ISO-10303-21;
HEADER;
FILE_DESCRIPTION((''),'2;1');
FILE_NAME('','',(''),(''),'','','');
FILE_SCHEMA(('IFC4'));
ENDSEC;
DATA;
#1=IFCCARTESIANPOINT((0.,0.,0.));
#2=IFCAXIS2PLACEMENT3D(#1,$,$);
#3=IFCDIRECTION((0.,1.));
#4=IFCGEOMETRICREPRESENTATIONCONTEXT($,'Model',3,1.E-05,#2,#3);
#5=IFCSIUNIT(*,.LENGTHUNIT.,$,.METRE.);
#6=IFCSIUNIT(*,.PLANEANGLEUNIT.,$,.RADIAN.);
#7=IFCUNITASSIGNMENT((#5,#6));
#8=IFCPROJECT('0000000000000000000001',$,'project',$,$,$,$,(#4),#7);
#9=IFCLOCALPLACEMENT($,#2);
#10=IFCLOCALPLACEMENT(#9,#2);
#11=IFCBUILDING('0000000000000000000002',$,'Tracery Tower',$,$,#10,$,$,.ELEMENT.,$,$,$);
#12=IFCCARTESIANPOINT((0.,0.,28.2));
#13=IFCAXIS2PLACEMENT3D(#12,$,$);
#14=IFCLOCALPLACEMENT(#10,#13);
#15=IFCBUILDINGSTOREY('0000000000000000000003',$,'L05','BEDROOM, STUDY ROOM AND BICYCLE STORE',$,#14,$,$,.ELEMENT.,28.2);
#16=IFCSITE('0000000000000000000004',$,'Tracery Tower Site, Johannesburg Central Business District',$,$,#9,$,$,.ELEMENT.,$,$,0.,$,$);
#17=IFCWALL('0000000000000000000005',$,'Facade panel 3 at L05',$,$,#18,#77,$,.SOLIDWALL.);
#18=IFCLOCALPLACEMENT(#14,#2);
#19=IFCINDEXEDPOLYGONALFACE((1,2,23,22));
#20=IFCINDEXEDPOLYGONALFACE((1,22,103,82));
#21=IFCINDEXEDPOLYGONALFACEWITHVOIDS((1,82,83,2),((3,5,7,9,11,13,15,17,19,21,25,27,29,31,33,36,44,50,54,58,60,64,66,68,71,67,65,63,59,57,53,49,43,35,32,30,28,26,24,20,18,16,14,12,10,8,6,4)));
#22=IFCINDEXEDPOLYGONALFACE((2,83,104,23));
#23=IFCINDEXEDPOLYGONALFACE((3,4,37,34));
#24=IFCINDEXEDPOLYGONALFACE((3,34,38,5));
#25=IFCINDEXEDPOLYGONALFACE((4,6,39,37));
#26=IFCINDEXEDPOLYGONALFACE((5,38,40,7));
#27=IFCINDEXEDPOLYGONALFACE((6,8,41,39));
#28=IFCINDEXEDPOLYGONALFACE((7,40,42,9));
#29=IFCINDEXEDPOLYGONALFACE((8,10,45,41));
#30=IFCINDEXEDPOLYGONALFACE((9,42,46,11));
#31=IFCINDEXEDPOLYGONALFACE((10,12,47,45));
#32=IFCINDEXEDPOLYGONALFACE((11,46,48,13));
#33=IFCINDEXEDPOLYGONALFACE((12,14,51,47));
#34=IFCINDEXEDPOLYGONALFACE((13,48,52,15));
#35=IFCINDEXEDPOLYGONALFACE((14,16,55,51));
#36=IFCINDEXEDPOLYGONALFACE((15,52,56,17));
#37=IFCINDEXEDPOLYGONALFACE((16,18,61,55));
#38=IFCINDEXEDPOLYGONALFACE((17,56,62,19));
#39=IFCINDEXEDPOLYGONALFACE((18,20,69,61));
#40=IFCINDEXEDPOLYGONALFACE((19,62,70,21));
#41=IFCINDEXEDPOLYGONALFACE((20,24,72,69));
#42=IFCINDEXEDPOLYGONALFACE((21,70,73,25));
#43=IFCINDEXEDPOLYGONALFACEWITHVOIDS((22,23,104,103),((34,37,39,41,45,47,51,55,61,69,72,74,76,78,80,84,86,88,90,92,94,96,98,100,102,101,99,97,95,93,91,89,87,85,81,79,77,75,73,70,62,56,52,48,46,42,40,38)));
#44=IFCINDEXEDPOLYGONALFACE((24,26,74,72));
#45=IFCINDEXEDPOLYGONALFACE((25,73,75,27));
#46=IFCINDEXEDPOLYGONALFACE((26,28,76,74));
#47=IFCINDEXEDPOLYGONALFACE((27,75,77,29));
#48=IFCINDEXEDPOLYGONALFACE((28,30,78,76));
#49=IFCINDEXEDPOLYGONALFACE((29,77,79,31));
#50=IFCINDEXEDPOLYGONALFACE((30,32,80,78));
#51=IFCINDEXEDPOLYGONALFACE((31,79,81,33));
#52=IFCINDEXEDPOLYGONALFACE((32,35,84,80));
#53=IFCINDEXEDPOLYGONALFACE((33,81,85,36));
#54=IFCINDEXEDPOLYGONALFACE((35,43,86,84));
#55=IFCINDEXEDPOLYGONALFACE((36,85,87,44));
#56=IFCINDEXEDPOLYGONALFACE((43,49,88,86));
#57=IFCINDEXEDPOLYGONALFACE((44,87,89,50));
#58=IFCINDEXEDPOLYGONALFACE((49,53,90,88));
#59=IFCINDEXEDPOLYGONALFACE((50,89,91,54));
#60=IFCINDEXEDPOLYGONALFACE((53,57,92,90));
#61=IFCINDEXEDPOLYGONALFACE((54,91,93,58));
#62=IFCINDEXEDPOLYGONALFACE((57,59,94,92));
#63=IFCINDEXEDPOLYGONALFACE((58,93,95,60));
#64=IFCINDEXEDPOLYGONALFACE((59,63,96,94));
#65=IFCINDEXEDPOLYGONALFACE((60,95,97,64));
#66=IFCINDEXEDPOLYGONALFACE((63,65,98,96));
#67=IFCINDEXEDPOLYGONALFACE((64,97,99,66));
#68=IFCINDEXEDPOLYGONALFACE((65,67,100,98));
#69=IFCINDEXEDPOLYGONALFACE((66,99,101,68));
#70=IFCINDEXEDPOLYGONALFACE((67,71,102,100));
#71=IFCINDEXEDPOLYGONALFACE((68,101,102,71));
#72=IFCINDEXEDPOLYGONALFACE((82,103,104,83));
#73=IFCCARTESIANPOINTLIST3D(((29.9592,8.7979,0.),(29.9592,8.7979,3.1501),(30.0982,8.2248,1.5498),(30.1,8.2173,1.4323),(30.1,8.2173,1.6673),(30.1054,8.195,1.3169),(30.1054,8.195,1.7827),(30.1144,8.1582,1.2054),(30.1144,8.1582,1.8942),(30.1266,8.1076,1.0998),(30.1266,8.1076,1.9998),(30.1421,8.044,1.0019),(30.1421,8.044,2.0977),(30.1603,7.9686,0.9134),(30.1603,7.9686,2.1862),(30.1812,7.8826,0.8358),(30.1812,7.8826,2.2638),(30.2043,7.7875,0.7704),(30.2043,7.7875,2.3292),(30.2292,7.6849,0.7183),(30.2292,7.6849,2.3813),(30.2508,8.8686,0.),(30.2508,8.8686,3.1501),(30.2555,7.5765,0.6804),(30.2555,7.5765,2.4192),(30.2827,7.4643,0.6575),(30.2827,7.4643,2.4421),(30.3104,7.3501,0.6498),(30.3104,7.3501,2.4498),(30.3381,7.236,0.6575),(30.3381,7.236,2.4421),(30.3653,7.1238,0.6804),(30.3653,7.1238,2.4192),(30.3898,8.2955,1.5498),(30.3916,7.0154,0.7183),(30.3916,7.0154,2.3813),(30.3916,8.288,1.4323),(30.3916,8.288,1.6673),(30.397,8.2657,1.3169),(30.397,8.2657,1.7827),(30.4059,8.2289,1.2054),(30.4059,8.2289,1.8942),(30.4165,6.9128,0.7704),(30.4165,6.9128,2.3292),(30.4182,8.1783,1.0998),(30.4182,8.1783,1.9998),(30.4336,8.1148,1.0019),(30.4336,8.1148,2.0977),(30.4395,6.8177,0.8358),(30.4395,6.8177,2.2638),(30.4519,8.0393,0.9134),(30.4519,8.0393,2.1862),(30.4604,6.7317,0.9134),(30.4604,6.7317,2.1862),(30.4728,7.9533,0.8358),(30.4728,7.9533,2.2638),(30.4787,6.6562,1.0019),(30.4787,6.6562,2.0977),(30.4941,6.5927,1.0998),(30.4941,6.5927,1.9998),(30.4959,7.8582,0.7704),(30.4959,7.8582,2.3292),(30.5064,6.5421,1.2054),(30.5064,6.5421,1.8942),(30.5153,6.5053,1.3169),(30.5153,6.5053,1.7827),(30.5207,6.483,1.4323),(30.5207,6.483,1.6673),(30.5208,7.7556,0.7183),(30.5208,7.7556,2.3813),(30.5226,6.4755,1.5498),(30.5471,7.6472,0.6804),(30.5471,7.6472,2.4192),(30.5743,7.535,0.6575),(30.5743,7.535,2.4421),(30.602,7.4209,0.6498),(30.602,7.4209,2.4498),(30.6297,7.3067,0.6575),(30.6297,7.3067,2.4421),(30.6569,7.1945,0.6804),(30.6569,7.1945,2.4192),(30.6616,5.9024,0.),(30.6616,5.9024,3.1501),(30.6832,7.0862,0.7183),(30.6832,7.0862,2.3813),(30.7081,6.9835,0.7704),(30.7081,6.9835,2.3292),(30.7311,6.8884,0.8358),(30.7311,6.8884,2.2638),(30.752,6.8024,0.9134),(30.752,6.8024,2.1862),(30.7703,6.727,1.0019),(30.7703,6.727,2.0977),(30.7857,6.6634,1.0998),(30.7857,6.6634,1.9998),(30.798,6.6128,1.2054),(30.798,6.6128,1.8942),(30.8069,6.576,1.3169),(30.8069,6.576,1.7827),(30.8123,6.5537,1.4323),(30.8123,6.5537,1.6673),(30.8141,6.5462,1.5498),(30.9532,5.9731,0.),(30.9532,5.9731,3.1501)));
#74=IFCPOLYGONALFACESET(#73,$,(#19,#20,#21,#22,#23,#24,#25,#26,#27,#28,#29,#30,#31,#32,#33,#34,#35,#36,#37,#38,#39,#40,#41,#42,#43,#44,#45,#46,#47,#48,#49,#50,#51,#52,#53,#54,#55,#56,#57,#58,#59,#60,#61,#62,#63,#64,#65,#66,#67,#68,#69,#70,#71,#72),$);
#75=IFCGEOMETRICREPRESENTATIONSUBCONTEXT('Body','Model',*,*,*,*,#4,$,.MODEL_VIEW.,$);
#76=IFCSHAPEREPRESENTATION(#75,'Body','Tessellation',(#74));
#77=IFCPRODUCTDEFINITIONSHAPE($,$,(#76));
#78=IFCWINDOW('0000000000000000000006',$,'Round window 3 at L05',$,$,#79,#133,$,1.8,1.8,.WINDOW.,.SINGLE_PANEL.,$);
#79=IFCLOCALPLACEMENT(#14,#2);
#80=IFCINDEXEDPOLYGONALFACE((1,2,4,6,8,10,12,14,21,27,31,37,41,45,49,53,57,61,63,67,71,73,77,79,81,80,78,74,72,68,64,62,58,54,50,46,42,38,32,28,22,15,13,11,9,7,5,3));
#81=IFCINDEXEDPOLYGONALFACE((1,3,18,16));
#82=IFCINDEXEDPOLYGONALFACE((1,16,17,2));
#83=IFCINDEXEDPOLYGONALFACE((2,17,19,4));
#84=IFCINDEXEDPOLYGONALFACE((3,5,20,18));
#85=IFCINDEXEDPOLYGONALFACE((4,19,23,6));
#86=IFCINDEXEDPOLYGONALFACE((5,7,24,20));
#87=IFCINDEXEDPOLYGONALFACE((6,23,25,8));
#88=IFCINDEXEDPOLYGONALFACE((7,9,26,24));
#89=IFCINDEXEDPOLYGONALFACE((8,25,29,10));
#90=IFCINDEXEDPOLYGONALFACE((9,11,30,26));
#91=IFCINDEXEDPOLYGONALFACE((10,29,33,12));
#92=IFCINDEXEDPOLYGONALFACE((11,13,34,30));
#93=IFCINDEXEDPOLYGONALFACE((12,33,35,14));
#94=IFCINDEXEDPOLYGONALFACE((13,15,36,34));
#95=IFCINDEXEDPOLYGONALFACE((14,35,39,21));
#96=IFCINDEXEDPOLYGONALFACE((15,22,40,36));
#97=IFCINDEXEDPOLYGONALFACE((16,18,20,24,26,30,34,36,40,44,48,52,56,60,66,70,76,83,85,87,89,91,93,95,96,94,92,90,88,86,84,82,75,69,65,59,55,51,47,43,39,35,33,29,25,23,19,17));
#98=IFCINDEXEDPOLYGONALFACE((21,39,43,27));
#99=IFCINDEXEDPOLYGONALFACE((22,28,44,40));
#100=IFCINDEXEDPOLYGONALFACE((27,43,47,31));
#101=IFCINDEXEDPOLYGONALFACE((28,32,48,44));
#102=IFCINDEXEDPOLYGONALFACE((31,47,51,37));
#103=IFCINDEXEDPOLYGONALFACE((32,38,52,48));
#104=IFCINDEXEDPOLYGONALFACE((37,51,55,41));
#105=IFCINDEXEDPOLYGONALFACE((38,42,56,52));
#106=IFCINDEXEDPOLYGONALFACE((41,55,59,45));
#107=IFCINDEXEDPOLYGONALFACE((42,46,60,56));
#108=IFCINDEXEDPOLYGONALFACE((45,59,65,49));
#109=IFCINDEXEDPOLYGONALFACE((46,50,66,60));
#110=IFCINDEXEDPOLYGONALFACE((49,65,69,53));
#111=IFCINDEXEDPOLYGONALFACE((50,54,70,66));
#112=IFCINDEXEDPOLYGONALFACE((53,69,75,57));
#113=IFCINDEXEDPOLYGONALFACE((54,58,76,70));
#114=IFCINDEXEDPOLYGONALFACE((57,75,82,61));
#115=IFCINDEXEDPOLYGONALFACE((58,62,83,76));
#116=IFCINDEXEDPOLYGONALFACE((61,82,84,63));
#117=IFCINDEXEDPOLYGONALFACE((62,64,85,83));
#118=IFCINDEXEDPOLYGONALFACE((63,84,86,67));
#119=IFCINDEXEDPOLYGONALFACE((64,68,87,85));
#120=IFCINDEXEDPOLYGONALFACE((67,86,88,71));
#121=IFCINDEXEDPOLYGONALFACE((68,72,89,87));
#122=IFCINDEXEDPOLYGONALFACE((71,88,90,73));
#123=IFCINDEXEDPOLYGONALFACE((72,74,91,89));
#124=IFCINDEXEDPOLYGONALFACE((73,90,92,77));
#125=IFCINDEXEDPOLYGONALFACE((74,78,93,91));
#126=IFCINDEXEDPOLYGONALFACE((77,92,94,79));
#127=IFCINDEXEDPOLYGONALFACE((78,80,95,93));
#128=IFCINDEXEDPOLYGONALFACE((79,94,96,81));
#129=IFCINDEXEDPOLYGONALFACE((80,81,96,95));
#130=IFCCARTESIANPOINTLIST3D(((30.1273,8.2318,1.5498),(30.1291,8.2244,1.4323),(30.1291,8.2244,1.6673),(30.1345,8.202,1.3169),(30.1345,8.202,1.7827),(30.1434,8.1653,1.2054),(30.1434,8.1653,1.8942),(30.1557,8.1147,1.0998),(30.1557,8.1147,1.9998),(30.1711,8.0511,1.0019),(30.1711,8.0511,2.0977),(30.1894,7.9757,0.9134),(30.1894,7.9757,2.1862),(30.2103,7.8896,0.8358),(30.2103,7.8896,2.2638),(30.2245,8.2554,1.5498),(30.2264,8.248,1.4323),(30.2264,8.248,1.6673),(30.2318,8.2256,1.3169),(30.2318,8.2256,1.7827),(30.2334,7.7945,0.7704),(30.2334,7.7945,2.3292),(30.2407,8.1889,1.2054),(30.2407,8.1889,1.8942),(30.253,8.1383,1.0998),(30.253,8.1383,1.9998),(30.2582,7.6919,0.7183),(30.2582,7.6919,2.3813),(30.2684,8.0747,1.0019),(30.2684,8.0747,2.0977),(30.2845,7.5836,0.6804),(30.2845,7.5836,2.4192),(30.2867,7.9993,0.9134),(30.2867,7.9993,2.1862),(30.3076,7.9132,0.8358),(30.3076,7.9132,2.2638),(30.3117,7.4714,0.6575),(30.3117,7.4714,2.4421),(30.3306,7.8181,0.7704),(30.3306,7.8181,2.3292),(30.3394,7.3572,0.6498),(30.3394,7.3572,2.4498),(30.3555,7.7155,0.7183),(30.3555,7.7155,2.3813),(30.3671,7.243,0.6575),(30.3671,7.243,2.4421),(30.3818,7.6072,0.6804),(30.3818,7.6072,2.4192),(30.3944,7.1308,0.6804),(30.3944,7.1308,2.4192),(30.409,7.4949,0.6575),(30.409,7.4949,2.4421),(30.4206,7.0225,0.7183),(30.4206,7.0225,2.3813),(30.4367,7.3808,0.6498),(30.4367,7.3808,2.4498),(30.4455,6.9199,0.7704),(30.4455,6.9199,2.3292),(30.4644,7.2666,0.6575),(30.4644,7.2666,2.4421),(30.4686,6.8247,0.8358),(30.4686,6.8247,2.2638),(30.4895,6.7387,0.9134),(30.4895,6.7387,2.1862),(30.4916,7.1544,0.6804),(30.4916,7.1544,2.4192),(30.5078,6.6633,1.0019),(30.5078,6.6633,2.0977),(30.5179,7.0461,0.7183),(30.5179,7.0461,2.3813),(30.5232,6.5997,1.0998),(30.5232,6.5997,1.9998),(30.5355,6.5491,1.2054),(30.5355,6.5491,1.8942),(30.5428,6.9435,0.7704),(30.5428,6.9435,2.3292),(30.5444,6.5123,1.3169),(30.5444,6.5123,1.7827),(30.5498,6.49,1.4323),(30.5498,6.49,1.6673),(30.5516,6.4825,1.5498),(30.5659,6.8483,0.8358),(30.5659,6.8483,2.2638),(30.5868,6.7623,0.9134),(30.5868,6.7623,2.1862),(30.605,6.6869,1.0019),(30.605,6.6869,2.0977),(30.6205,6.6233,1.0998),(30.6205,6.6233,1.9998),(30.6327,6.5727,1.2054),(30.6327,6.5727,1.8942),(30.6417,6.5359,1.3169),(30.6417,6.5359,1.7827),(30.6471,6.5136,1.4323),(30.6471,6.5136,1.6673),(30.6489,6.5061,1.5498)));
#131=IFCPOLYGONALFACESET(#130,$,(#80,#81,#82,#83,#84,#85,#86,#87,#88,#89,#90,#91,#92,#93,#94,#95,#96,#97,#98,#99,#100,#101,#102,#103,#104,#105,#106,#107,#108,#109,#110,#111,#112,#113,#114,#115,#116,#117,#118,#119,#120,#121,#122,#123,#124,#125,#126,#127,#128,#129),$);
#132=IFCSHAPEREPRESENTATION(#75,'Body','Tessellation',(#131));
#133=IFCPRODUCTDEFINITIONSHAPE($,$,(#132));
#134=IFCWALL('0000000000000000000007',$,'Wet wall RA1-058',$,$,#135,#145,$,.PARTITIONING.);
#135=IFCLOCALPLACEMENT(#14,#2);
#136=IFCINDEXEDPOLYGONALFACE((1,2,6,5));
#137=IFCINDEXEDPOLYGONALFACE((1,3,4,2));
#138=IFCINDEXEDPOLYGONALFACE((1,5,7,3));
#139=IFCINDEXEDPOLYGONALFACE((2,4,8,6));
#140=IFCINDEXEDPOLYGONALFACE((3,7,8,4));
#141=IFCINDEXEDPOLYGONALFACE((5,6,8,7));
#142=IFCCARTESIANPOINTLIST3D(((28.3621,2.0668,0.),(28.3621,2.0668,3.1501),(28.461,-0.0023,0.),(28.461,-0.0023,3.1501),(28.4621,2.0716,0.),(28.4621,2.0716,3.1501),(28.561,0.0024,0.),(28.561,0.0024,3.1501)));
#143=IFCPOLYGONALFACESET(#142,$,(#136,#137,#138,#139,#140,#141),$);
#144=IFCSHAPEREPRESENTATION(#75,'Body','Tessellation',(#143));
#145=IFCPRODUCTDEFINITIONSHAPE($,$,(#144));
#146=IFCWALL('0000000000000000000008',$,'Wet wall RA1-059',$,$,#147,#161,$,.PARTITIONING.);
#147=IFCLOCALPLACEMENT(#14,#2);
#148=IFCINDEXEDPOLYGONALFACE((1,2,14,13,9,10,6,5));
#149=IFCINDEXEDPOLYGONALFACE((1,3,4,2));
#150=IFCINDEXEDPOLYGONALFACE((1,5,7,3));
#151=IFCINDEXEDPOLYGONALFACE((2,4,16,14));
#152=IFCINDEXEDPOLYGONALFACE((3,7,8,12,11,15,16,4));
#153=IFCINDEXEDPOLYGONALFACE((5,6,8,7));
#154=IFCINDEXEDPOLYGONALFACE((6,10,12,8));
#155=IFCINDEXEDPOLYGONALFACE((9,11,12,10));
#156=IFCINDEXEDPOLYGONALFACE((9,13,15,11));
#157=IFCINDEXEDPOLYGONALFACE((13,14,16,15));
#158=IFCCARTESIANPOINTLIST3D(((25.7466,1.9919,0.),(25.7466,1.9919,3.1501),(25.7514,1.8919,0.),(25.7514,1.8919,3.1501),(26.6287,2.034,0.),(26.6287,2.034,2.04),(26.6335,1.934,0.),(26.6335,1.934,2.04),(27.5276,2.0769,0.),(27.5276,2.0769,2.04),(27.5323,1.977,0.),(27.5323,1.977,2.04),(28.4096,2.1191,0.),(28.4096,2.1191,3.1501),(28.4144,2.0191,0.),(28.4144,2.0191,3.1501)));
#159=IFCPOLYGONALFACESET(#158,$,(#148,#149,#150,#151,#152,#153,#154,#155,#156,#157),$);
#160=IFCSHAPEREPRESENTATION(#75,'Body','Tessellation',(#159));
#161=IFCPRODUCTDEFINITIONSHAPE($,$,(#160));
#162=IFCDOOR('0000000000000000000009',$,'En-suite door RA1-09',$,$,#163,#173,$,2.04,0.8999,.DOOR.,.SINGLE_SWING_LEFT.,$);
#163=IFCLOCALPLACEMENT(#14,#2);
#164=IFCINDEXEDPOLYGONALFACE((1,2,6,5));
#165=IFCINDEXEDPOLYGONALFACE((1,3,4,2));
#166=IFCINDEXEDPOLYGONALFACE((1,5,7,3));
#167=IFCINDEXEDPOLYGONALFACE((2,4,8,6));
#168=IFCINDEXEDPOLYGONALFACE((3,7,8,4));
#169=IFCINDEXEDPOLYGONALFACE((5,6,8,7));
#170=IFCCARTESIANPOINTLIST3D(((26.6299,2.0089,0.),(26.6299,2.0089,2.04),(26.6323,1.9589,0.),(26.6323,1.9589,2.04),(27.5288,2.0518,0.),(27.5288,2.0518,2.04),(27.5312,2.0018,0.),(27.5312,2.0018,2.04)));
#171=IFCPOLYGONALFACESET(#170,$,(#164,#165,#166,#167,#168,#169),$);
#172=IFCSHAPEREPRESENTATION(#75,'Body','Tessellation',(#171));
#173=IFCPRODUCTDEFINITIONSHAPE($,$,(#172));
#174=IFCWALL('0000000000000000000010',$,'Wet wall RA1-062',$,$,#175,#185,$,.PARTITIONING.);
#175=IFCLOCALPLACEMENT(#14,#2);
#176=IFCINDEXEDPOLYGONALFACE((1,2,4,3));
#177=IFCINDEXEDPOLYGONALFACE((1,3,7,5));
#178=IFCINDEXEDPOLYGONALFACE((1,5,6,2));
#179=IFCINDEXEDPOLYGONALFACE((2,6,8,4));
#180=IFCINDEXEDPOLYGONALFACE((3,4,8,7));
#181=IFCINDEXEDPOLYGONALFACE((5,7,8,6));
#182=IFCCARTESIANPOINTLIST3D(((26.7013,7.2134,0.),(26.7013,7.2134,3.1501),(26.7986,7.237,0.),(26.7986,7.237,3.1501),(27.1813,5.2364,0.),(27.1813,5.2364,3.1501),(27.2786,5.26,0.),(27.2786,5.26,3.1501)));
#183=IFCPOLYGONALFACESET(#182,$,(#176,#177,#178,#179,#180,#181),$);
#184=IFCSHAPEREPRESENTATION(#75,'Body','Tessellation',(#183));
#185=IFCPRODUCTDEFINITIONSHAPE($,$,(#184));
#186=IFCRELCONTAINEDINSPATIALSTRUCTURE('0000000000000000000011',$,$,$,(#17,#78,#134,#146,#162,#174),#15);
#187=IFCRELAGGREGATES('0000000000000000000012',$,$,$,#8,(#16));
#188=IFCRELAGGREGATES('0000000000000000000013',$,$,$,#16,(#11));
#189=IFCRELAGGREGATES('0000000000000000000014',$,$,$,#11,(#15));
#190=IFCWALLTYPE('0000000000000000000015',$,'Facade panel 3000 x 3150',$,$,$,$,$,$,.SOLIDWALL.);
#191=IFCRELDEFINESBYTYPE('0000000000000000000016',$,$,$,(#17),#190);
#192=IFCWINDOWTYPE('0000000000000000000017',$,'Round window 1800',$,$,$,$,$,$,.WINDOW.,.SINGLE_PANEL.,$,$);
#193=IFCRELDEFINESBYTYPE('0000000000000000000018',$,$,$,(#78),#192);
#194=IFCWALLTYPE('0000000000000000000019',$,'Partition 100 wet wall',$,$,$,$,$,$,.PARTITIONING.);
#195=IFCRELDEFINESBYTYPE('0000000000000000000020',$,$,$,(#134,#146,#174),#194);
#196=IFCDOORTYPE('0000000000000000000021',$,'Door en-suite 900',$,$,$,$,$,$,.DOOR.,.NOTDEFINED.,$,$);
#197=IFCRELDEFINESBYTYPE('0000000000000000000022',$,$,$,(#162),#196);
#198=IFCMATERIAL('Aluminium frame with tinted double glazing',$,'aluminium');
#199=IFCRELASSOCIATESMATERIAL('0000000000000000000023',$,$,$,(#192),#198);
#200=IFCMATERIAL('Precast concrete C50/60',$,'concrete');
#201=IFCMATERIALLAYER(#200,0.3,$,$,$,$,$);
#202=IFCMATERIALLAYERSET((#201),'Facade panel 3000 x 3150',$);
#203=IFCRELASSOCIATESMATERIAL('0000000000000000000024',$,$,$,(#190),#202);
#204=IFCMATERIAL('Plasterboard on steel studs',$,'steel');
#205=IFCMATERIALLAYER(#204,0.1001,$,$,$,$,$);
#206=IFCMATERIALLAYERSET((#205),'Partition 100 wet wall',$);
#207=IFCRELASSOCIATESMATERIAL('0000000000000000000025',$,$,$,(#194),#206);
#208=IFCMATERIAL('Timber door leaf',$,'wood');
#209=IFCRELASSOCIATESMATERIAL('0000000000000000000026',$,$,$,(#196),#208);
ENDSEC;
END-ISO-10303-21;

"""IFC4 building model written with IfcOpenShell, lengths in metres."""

from ifc_helpers import new_model, si_unit, direction, frame, frame_2d, origin, origin_2d, place, context, subcontext, project, spatial, rectangle, circle, extrude, material, layer, layer_set, type_object, element, fill, save


model = new_model("IFC4")

# Units and contexts
model_context = context("Model", 3, precision=1e-05, world=origin(), true_north=direction((0.0, 1.0)))
body_context = subcontext(model_context, "Body", "Model", "MODEL_VIEW")
ifc_project = project(units=[si_unit("LENGTHUNIT", "METRE"), si_unit("PLANEANGLEUNIT", "RADIAN")], contexts=[model_context])

# Site, building, storey
site_placement = place(None, origin())
site = spatial("IfcSite", under=ifc_project, at=site_placement, Name="Tracery Tower Site, Johannesburg Central Business District", CompositionType="ELEMENT", RefElevation=0.0)
building_placement = place(site_placement, origin())
building = spatial("IfcBuilding", under=site, at=building_placement, Name="Tracery Tower", CompositionType="ELEMENT")
storey_placement = place(building_placement, frame((0.0, 0.0, 28.2)))
storey = spatial("IfcBuildingStorey", under=building, at=storey_placement, Name="L05", Description="BEDROOM, STUDY ROOM AND BICYCLE STORE", CompositionType="ELEMENT", Elevation=28.2)

# Wall, opening, window
ifc_material_1 = material(Name="Aluminium frame with tinted double glazing", Category="aluminium")
window_type = type_object("IfcWindowType", Name="Round window 1800", PartitioningType="SINGLE_PANEL", PredefinedType="WINDOW", material=ifc_material_1)
ifc_material_2 = material(Name="Precast concrete C50/60", Category="concrete")
ifc_layer_1 = layer(ifc_material_2, 0.3)
ifc_layer_set_1 = layer_set([ifc_layer_1], Name="Facade panel 3000 x 3150")
wall_type_1 = type_object("IfcWallType", Name="Facade panel 3000 x 3150", PredefinedType="SOLIDWALL", material=ifc_layer_set_1)
wall_1_placement = place(storey_placement, frame((30.8074, 5.9377, 0.0), z_axis=(0.0, 0.0, 1.0), x_axis=(-0.235743, 0.971815, 0.0)))
wall_1 = element("IfcWall", 1, at=wall_1_placement, inside=storey, type_object=wall_type_1, Name="Facade panel 3 at L05", PredefinedType="SOLIDWALL", context=body_context, shape_type="SweptSolid", body=[
    extrude(rectangle(XDim=2.9795, YDim=0.3, at=frame_2d((1.4897, 0.0))), origin(), (0.0, 0.0, 1.0), 3.1501),
])
opening_1_placement = place(wall_1_placement, frame((1.4897, 0.0, 1.5498)))
opening_1 = element("IfcOpeningElement", 2, at=opening_1_placement, cuts=wall_1, PredefinedType="OPENING", context=body_context, shape_type="SweptSolid", body=[
    extrude(circle(Radius=0.9, at=origin_2d()), frame((0.0, 0.1599, 0.0), z_axis=(0.0, -1.0, 0.0), x_axis=(1.0, 0.0, 0.0)), (0.0, 0.0, 1.0), 0.3201),
])
window_1_placement = place(opening_1_placement, origin())
window_1 = element("IfcWindow", 3, at=window_1_placement, inside=storey, type_object=window_type, Name="Round window 3 at L05", OverallHeight=1.8, OverallWidth=1.8, PartitioningType="SINGLE_PANEL", PredefinedType="WINDOW", context=body_context, shape_type="SweptSolid", body=[
    extrude(circle(Radius=0.9, at=origin_2d()), frame((0.0, 0.1201, 0.0), z_axis=(0.0, -1.0, 0.0), x_axis=(1.0, 0.0, 0.0)), (0.0, 0.0, 1.0), 0.1001),
])
fill(opening_1, window_1)

# Wall
ifc_material_3 = material(Name="Plasterboard on steel studs", Category="steel")
ifc_layer_2 = layer(ifc_material_3, 0.1001)
ifc_layer_set_2 = layer_set([ifc_layer_2], Name="Partition 100 wet wall")
wall_type_2 = type_object("IfcWallType", Name="Partition 100 wet wall", PredefinedType="PARTITIONING", material=ifc_layer_set_2)
wall_2_placement = place(storey_placement, frame((28.4121, 2.0691, 0.0), z_axis=(0.0, 0.0, 1.0), x_axis=(0.047733, -0.99886, 0.0)))
element("IfcWall", 4, at=wall_2_placement, inside=storey, type_object=wall_type_2, Name="Wet wall RA1-058", PredefinedType="PARTITIONING", context=body_context, shape_type="SweptSolid", body=[
    extrude(rectangle(XDim=2.0715, YDim=0.1001, at=frame_2d((1.0356, 0.0))), origin(), (0.0, 0.0, 1.0), 3.1501),
])

# Wall, opening, door
wall_3_placement = place(storey_placement, frame((25.749, 1.9419, 0.0), z_axis=(0.0, 0.0, 1.0), x_axis=(0.998861, 0.047709, 0.0)))
wall_3 = element("IfcWall", 5, at=wall_3_placement, inside=storey, type_object=wall_type_2, Name="Wet wall RA1-059", PredefinedType="PARTITIONING", context=body_context, shape_type="SweptSolid", body=[
    extrude(rectangle(XDim=2.666, YDim=0.1001, at=frame_2d((1.333, 0.0))), origin(), (0.0, 0.0, 1.0), 3.1501),
])
opening_2_placement = place(wall_3_placement, frame((0.8831, 0.0, 0.0)))
opening_2 = element("IfcOpeningElement", 6, at=opening_2_placement, cuts=wall_3, PredefinedType="OPENING", context=body_context, shape_type="SweptSolid", body=[
    extrude(rectangle(XDim=0.8999, YDim=2.04, at=frame_2d((0.45, 1.02))), frame((0.0, 0.05, 0.0), z_axis=(0.0, -1.0, 0.0), x_axis=(1.0, 0.0, 0.0)), (0.0, 0.0, 1.0), 0.1001),
])
ifc_material_4 = material(Name="Timber door leaf", Category="wood")
door_type = type_object("IfcDoorType", Name="Door en-suite 900", OperationType="NOTDEFINED", PredefinedType="DOOR", material=ifc_material_4)
door_1_placement = place(opening_2_placement, origin())
door_1 = element("IfcDoor", 7, at=door_1_placement, inside=storey, type_object=door_type, Name="En-suite door RA1-09", OperationType="SINGLE_SWING_LEFT", OverallHeight=2.04, OverallWidth=0.8999, PredefinedType="DOOR", context=body_context, shape_type="SweptSolid", body=[
    extrude(rectangle(XDim=0.8999, YDim=2.04, at=frame_2d((0.45, 1.02))), frame((0.0, 0.0249, 0.0), z_axis=(0.0, -1.0, 0.0), x_axis=(1.0, 0.0, 0.0)), (0.0, 0.0, 1.0), 0.05),
])
fill(opening_2, door_1)

# Wall
wall_4_placement = place(storey_placement, frame((26.75, 7.2251, 0.0), z_axis=(0.0, 0.0, 1.0), x_axis=(0.235923, -0.971772, 0.0)))
element("IfcWall", 8, at=wall_4_placement, inside=storey, type_object=wall_type_2, Name="Wet wall RA1-062", PredefinedType="PARTITIONING", context=body_context, shape_type="SweptSolid", body=[
    extrude(rectangle(XDim=2.0344, YDim=0.1001, at=frame_2d((1.0171, 0.0))), origin(), (0.0, 0.0, 1.0), 3.1501),
])

save(model, "model.ifc")
